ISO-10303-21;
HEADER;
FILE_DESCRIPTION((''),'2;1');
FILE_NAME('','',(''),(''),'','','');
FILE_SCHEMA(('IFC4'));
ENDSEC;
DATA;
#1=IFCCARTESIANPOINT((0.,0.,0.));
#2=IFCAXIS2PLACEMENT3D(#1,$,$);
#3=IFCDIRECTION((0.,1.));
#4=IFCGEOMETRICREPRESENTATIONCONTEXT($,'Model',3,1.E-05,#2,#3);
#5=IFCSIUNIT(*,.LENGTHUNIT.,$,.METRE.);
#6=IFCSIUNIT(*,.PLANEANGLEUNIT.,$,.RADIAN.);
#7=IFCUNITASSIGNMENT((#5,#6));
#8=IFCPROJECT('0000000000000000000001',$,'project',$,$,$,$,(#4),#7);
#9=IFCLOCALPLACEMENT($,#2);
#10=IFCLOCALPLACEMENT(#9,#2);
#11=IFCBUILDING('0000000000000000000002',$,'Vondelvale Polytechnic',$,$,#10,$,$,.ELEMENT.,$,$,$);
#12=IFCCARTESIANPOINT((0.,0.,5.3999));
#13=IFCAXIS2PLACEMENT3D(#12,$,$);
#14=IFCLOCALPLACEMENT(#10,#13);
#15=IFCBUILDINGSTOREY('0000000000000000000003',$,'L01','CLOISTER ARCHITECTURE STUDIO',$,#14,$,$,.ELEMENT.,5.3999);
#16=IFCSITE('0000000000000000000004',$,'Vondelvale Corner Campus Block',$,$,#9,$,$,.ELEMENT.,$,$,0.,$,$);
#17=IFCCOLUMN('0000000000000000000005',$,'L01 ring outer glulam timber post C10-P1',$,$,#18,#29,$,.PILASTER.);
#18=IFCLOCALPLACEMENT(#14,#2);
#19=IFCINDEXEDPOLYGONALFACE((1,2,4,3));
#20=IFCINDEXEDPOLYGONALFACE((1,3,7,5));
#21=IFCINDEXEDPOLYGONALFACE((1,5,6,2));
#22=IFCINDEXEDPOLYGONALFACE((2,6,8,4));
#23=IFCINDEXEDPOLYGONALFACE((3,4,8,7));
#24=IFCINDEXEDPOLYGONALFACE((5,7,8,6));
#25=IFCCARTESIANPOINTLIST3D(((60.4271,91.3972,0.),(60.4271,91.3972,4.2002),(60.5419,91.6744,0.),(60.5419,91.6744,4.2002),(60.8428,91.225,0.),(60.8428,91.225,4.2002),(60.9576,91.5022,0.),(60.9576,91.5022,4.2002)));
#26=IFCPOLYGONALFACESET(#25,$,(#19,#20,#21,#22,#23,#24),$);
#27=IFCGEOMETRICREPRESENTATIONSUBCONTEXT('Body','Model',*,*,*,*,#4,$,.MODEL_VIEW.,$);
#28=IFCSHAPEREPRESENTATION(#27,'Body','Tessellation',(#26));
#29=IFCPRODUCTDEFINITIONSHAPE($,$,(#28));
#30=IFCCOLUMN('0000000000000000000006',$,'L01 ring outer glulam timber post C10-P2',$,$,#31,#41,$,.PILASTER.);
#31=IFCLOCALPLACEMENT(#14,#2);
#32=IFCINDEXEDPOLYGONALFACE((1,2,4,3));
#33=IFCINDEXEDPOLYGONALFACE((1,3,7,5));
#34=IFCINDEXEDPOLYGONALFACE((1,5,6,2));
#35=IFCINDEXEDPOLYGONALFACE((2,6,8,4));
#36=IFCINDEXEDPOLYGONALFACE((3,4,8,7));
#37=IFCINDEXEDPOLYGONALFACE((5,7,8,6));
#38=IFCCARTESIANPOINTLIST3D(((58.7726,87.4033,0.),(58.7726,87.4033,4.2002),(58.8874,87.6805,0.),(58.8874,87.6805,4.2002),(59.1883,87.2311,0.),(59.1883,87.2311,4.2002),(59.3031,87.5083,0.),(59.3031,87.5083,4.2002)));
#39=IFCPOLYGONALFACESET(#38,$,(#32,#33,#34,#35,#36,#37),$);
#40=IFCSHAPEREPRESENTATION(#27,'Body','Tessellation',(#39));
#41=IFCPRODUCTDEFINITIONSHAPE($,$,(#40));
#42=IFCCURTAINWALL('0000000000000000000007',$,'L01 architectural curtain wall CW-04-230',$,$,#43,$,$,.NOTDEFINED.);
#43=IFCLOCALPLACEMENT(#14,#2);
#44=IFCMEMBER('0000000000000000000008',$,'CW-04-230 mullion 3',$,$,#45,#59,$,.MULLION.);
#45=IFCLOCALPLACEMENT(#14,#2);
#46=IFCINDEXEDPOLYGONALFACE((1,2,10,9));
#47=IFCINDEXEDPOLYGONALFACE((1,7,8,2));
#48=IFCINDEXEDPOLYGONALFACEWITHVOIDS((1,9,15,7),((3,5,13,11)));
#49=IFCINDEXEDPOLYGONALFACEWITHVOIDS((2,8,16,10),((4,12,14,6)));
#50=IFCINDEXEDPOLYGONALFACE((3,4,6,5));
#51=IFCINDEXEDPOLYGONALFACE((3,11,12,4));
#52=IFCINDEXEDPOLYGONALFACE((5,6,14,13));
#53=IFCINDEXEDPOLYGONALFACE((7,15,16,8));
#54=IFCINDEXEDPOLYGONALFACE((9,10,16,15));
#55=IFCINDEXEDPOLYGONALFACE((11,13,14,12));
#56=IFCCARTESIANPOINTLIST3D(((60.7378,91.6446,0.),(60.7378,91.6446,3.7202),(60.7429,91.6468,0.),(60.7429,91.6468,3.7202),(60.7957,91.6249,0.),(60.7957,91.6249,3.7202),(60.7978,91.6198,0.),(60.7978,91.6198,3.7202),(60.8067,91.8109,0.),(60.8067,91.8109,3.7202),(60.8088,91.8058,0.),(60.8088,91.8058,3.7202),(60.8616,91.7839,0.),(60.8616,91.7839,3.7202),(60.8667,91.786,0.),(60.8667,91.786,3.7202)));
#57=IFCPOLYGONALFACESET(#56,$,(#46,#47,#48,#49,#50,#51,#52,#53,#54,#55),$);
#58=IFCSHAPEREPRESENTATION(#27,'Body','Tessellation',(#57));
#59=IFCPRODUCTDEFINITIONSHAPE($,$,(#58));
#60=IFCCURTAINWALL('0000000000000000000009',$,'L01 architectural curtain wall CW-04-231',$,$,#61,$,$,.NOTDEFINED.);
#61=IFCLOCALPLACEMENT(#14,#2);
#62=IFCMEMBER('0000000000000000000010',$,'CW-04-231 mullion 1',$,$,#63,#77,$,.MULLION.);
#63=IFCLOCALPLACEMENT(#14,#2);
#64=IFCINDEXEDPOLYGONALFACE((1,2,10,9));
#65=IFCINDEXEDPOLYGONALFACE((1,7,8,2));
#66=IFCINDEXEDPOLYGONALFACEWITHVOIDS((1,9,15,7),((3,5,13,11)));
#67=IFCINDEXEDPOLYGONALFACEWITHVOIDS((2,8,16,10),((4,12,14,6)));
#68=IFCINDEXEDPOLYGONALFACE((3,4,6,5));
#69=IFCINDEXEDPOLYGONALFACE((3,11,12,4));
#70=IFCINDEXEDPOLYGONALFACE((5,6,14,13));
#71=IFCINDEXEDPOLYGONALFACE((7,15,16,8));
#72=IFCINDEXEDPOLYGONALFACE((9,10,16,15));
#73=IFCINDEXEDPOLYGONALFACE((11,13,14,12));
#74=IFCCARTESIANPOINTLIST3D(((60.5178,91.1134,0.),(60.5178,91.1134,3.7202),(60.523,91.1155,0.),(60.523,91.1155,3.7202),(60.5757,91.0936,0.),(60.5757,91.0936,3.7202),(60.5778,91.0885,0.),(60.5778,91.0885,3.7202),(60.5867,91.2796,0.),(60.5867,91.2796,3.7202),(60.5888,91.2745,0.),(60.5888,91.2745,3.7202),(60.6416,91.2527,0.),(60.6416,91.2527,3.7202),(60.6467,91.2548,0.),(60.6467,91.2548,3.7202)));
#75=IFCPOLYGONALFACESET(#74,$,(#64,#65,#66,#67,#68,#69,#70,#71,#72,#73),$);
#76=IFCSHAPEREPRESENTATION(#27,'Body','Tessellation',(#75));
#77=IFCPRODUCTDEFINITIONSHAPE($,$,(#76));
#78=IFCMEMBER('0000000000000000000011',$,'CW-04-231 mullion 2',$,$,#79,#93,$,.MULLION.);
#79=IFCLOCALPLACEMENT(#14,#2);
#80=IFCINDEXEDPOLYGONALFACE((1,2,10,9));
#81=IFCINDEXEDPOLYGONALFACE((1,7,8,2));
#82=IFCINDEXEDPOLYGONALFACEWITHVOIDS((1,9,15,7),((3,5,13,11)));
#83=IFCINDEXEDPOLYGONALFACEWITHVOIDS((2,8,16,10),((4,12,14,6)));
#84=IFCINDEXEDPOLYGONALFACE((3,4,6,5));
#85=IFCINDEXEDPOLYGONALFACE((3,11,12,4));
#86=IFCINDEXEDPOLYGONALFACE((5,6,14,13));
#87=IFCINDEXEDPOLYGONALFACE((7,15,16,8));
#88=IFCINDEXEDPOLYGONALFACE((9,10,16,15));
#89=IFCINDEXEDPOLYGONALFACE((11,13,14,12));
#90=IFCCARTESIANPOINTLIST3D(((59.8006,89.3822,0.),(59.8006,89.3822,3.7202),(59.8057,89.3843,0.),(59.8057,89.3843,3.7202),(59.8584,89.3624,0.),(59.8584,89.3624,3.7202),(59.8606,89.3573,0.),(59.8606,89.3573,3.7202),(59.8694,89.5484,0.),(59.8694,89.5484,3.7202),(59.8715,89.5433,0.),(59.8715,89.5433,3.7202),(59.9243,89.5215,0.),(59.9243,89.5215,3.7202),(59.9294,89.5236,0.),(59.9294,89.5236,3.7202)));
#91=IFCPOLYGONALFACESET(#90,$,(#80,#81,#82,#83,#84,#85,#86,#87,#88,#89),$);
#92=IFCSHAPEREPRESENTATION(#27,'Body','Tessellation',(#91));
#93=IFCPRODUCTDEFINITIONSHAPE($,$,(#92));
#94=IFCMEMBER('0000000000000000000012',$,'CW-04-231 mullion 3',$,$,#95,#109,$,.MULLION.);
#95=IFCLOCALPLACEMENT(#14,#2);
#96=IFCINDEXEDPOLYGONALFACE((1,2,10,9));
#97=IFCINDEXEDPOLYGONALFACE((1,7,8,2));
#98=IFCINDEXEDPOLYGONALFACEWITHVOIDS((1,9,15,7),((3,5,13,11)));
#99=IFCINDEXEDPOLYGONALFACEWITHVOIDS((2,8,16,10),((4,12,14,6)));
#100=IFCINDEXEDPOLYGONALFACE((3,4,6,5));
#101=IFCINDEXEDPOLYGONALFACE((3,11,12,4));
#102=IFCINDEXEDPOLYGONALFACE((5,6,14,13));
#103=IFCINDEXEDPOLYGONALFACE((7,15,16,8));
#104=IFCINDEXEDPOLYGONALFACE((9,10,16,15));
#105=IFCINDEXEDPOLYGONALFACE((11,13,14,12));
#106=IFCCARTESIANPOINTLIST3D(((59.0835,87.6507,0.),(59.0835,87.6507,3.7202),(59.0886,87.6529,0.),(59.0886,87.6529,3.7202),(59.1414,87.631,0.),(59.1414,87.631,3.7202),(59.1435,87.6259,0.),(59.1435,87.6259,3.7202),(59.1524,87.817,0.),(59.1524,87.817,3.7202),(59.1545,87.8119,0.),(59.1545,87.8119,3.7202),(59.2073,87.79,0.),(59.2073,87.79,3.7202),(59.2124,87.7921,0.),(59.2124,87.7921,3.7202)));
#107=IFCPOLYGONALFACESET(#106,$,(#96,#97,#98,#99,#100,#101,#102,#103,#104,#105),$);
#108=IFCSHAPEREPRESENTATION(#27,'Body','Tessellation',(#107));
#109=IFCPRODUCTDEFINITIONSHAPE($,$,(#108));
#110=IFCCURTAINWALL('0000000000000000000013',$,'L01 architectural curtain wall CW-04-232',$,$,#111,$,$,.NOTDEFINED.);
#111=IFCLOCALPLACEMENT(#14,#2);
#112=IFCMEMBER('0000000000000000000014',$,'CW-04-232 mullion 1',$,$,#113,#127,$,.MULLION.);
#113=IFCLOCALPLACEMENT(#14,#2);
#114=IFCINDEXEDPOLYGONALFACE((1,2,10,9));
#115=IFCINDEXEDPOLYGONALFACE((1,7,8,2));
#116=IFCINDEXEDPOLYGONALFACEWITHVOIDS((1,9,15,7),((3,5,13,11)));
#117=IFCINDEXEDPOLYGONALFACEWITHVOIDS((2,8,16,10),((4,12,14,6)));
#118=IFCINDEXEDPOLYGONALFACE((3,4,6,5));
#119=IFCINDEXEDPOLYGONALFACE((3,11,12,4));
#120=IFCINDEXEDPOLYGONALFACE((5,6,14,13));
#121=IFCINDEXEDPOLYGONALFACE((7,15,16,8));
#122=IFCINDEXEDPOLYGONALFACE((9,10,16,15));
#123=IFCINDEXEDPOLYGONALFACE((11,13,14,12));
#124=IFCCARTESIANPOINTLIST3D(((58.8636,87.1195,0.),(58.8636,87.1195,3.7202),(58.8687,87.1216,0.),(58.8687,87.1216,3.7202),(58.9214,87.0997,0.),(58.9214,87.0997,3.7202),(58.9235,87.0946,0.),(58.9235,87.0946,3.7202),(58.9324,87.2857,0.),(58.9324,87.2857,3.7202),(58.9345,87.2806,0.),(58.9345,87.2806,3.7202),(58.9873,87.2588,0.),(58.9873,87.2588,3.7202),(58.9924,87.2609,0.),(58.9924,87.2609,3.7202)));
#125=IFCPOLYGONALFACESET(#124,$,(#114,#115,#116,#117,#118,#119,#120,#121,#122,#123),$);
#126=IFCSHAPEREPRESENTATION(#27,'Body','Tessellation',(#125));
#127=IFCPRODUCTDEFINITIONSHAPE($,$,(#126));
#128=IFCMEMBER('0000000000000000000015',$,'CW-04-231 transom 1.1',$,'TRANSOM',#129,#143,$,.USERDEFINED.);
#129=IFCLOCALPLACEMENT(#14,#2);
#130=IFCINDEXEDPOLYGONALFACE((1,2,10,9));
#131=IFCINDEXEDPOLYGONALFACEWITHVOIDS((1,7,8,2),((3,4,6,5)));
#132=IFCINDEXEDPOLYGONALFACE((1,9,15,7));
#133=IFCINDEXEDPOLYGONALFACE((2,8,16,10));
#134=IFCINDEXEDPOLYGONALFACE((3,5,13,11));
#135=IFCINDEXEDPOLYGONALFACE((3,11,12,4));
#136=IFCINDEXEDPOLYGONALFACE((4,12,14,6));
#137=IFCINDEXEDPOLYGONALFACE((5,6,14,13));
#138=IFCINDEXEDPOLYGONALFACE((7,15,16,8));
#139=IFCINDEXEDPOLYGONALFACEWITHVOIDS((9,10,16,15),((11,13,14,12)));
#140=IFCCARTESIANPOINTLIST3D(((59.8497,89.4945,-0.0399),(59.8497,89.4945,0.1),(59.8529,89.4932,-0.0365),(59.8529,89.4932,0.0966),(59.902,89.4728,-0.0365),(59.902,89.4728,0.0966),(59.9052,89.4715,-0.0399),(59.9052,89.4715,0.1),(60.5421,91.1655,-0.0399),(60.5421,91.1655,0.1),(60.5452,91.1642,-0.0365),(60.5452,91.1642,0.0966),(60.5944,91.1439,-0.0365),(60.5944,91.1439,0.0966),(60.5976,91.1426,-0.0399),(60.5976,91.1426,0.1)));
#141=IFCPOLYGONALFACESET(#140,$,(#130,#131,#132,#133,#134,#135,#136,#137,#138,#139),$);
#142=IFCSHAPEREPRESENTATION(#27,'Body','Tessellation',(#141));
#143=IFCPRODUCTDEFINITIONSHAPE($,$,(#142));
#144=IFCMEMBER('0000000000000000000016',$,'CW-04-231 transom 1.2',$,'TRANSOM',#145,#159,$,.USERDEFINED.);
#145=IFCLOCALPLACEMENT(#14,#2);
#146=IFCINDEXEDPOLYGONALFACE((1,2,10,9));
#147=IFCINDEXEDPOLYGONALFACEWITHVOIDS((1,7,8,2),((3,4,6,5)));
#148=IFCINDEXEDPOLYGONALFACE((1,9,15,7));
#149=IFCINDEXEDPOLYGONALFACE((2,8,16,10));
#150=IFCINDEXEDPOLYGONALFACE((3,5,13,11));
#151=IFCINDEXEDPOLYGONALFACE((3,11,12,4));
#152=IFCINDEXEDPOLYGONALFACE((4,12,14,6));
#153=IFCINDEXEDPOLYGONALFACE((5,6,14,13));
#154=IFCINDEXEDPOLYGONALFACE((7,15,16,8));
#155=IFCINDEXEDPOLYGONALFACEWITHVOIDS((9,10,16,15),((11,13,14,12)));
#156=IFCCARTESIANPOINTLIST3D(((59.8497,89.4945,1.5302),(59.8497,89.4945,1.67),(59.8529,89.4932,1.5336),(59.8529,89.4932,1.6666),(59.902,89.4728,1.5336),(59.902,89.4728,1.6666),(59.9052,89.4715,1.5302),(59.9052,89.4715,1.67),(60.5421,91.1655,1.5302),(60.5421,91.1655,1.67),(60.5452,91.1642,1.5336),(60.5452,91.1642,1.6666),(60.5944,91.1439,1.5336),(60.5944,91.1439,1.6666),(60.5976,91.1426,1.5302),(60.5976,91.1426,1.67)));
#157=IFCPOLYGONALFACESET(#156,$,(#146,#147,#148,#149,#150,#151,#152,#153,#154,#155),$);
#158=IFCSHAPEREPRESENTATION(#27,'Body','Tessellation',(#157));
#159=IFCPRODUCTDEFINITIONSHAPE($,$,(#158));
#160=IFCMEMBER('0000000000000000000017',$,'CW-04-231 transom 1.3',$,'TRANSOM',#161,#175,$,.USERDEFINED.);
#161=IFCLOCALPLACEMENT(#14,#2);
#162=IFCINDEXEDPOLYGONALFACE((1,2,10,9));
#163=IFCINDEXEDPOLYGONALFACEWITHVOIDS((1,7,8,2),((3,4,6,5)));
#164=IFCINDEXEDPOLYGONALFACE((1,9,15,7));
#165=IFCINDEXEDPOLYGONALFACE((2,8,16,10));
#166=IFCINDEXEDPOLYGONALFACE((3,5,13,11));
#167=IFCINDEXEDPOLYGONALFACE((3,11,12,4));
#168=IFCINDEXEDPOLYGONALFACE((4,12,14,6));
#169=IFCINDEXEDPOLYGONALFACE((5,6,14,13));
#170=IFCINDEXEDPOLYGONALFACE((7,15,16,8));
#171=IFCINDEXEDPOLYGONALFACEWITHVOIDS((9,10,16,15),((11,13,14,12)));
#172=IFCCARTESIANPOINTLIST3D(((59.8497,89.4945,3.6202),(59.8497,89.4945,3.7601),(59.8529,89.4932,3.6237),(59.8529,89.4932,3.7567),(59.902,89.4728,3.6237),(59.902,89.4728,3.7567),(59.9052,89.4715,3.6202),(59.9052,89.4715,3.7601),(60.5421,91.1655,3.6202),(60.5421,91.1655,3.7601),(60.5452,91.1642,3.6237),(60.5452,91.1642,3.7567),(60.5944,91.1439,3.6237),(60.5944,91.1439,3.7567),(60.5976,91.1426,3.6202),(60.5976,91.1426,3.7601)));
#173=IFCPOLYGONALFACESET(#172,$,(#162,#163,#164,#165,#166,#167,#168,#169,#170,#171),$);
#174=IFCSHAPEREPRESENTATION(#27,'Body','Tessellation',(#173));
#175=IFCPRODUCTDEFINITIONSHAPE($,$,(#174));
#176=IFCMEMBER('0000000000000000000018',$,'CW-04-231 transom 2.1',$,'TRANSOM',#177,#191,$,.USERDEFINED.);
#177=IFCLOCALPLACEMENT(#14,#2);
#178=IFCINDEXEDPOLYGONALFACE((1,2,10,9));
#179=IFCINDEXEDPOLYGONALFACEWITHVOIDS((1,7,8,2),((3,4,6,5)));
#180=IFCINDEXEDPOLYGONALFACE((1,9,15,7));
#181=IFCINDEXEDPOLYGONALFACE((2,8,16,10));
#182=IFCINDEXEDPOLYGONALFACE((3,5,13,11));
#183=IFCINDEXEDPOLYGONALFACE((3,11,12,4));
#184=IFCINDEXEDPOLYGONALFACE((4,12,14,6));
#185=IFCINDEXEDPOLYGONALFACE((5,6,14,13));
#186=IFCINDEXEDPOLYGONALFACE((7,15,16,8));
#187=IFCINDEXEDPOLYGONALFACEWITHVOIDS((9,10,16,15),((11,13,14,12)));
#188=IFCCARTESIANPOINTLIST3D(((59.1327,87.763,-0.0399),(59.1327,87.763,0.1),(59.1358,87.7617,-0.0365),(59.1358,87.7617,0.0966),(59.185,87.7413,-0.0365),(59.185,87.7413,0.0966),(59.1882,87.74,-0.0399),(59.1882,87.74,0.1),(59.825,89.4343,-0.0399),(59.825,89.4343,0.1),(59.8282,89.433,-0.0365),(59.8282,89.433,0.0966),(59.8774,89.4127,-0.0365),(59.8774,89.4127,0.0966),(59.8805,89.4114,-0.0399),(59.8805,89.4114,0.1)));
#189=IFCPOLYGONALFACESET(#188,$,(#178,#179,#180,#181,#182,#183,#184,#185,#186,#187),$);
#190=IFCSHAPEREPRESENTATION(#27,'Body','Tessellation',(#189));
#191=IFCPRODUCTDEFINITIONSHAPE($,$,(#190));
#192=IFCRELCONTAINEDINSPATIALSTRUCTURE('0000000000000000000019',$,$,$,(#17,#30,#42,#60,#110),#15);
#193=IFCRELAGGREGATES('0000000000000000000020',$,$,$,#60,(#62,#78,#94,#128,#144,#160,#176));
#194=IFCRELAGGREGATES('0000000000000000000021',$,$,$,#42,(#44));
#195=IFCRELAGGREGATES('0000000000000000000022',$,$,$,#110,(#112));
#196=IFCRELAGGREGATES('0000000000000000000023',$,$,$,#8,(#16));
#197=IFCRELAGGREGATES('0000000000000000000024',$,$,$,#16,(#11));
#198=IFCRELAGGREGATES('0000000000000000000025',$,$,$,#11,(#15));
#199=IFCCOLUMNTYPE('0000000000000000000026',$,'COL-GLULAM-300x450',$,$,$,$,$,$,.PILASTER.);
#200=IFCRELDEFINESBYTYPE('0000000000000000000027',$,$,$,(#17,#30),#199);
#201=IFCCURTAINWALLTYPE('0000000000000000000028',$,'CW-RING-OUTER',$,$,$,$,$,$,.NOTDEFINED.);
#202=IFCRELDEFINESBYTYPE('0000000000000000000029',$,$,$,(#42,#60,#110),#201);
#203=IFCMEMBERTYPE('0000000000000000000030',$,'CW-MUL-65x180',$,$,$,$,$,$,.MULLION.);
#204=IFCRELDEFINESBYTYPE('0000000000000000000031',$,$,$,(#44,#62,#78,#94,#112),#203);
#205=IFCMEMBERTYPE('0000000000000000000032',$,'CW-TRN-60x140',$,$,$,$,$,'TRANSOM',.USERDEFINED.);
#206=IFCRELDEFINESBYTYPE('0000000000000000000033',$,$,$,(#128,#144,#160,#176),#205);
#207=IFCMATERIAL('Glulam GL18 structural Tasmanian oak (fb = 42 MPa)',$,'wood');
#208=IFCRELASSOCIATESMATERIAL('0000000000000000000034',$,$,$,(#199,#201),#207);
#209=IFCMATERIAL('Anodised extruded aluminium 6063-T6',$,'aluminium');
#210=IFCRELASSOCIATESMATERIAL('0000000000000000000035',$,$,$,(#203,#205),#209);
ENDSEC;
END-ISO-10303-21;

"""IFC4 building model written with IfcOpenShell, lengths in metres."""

from ifc_helpers import new_model, si_unit, direction, frame, origin, origin_2d, place, context, subcontext, project, spatial, rectangle, hollow_rectangle, extrude, material, material_profile, profile_set, type_object, element, aggregate, save


model = new_model("IFC4")

# Units and contexts
model_context = context("Model", 3, precision=1e-05, world=origin(), true_north=direction((0.0, 1.0)))
body_context = subcontext(model_context, "Body", "Model", "MODEL_VIEW")
ifc_project = project(units=[si_unit("LENGTHUNIT", "METRE"), si_unit("PLANEANGLEUNIT", "RADIAN")], contexts=[model_context])

# Site, building, storey
site_placement = place(None, origin())
site = spatial("IfcSite", under=ifc_project, at=site_placement, Name="Vondelvale Corner Campus Block", CompositionType="ELEMENT", RefElevation=0.0)
building_placement = place(site_placement, origin())
building = spatial("IfcBuilding", under=site, at=building_placement, Name="Vondelvale Polytechnic", CompositionType="ELEMENT")
storey_placement = place(building_placement, frame((0.0, 0.0, 5.3999)))
storey = spatial("IfcBuildingStorey", under=building, at=storey_placement, Name="L01", Description="CLOISTER ARCHITECTURE STUDIO", CompositionType="ELEMENT", Elevation=5.3999)

# Columns
ifc_material_1 = material(Name="Glulam GL18 structural Tasmanian oak (fb = 42 MPa)", Category="wood")
ifc_material_profile_1 = material_profile(ifc_material_1, rectangle(XDim=0.3, YDim=0.45, at=origin_2d()), Name="GL-POST-300x450")
ifc_profile_set_1 = profile_set([ifc_material_profile_1], Name="Glulam GL18 structural Tasmanian oak (fb = 42 MPa)")
column_type = type_object("IfcColumnType", Name="COL-GLULAM-300x450", PredefinedType="PILASTER", material=ifc_profile_set_1)
for number, where, z_axis, x_axis, name in (
    (1, (60.6924, 91.4497, 0.0), (0.0, 0.0, 1.0), (0.382683, 0.92388, 0.0), "L01 ring outer glulam timber post C10-P1"),
    (2, (59.0378, 87.4558, 0.0), (0.0, 0.0, 1.0), (0.382683, 0.92388, 0.0), "L01 ring outer glulam timber post C10-P2"),
):
    element("IfcColumn", number, at=place(storey_placement, frame(where, z_axis=z_axis, x_axis=x_axis)), inside=storey, type_object=column_type, Name=name, PredefinedType="PILASTER", context=body_context, shape_type="SweptSolid", body=[
        extrude(rectangle(XDim=0.3, YDim=0.45, at=origin_2d()), origin(), (0.0, 0.0, 1.0), 4.2002),
    ])

# Curtain wall, member
curtain_wall_type = type_object("IfcCurtainWallType", Name="CW-RING-OUTER", PredefinedType="NOTDEFINED", material=ifc_material_1)
curtain_wall_1_placement = place(storey_placement, origin())
curtain_wall_1 = element("IfcCurtainWall", 3, at=curtain_wall_1_placement, inside=storey, type_object=curtain_wall_type, Name="L01 architectural curtain wall CW-04-230", PredefinedType="NOTDEFINED")
ifc_material_2 = material(Name="Anodised extruded aluminium 6063-T6", Category="aluminium")
ifc_material_profile_2 = material_profile(ifc_material_2, hollow_rectangle(XDim=0.0649, YDim=0.1799, WallThickness=0.0039, at=origin_2d()), Name="CW-MUL-180x65")
ifc_profile_set_2 = profile_set([ifc_material_profile_2], Name="Anodised extruded aluminium 6063-T6")
member_type_1 = type_object("IfcMemberType", Name="CW-MUL-65x180", PredefinedType="MULLION", material=ifc_profile_set_2)
member_1_placement = place(storey_placement, frame((60.8022, 91.7153, 0.0), z_axis=(0.0, 0.0, 1.0), x_axis=(0.923882, -0.382677, 0.0)))
member_1 = element("IfcMember", 4, at=member_1_placement, type_object=member_type_1, Name="CW-04-230 mullion 3", PredefinedType="MULLION", context=body_context, shape_type="SweptSolid", body=[
    extrude(hollow_rectangle(XDim=0.0649, YDim=0.1799, WallThickness=0.0039, at=origin_2d()), origin(), (0.0, 0.0, 1.0), 3.7202),
])

# Curtain wall, members
curtain_wall_2_placement = place(storey_placement, origin())
curtain_wall_2 = element("IfcCurtainWall", 5, at=curtain_wall_2_placement, inside=storey, type_object=curtain_wall_type, Name="L01 architectural curtain wall CW-04-231", PredefinedType="NOTDEFINED")
member_2_placement = place(storey_placement, frame((60.5823, 91.1841, 0.0), z_axis=(0.0, 0.0, 1.0), x_axis=(0.923875, -0.382695, 0.0)))
member_2 = element("IfcMember", 6, at=member_2_placement, type_object=member_type_1, Name="CW-04-231 mullion 1", PredefinedType="MULLION", context=body_context, shape_type="SweptSolid", body=[
    extrude(hollow_rectangle(XDim=0.0649, YDim=0.1799, WallThickness=0.0039, at=origin_2d()), origin(), (0.0, 0.0, 1.0), 3.7202),
])
member_3_placement = place(storey_placement, frame((59.865, 89.4529, 0.0), z_axis=(0.0, 0.0, 1.0), x_axis=(0.923875, -0.382695, 0.0)))
member_3 = element("IfcMember", 7, at=member_3_placement, type_object=member_type_1, Name="CW-04-231 mullion 2", PredefinedType="MULLION", context=body_context, shape_type="SweptSolid", body=[
    extrude(hollow_rectangle(XDim=0.0649, YDim=0.1799, WallThickness=0.0039, at=origin_2d()), origin(), (0.0, 0.0, 1.0), 3.7202),
])
member_4_placement = place(storey_placement, frame((59.1479, 87.7214, 0.0), z_axis=(0.0, 0.0, 1.0), x_axis=(0.923875, -0.382695, 0.0)))
member_4 = element("IfcMember", 8, at=member_4_placement, type_object=member_type_1, Name="CW-04-231 mullion 3", PredefinedType="MULLION", context=body_context, shape_type="SweptSolid", body=[
    extrude(hollow_rectangle(XDim=0.0649, YDim=0.1799, WallThickness=0.0039, at=origin_2d()), origin(), (0.0, 0.0, 1.0), 3.7202),
])

# Curtain wall, member
curtain_wall_3_placement = place(storey_placement, origin())
curtain_wall_3 = element("IfcCurtainWall", 9, at=curtain_wall_3_placement, inside=storey, type_object=curtain_wall_type, Name="L01 architectural curtain wall CW-04-232", PredefinedType="NOTDEFINED")
member_5_placement = place(storey_placement, frame((58.928, 87.1902, 0.0), z_axis=(0.0, 0.0, 1.0), x_axis=(0.923882, -0.382677, 0.0)))
member_5 = element("IfcMember", 10, at=member_5_placement, type_object=member_type_1, Name="CW-04-232 mullion 1", PredefinedType="MULLION", context=body_context, shape_type="SweptSolid", body=[
    extrude(hollow_rectangle(XDim=0.0649, YDim=0.1799, WallThickness=0.0039, at=origin_2d()), origin(), (0.0, 0.0, 1.0), 3.7202),
])

# Members
ifc_material_profile_3 = material_profile(ifc_material_2, hollow_rectangle(XDim=0.0601, YDim=0.1399, WallThickness=0.0034, at=origin_2d()), Name="CW-TRN-140x60")
ifc_profile_set_3 = profile_set([ifc_material_profile_3], Name="Anodised extruded aluminium 6063-T6")
member_type_2 = type_object("IfcMemberType", Name="CW-TRN-60x140", ElementType="TRANSOM", PredefinedType="USERDEFINED", material=ifc_profile_set_3)
member_6_placement = place(storey_placement, frame((60.5698, 91.1541, 0.03), z_axis=(-0.382765, -0.923846, 0.0), x_axis=(0.923846, -0.382765, 0.0)))
member_6 = element("IfcMember", 11, at=member_6_placement, type_object=member_type_2, Name="CW-04-231 transom 1.1", ObjectType="TRANSOM", PredefinedType="USERDEFINED", context=body_context, shape_type="SweptSolid", body=[
    extrude(hollow_rectangle(XDim=0.0601, YDim=0.1399, WallThickness=0.0034, at=origin_2d()), origin(), (0.0, 0.0, 1.0), 1.8088),
])
member_7_placement = place(storey_placement, frame((60.5698, 91.1541, 1.6001), z_axis=(-0.382765, -0.923846, 0.0), x_axis=(0.923846, -0.382765, 0.0)))
member_7 = element("IfcMember", 12, at=member_7_placement, type_object=member_type_2, Name="CW-04-231 transom 1.2", ObjectType="TRANSOM", PredefinedType="USERDEFINED", context=body_context, shape_type="SweptSolid", body=[
    extrude(hollow_rectangle(XDim=0.0601, YDim=0.1399, WallThickness=0.0034, at=origin_2d()), origin(), (0.0, 0.0, 1.0), 1.8088),
])
member_8_placement = place(storey_placement, frame((60.5698, 91.1541, 3.6902), z_axis=(-0.382765, -0.923846, 0.0), x_axis=(0.923846, -0.382765, 0.0)))
member_8 = element("IfcMember", 13, at=member_8_placement, type_object=member_type_2, Name="CW-04-231 transom 1.3", ObjectType="TRANSOM", PredefinedType="USERDEFINED", context=body_context, shape_type="SweptSolid", body=[
    extrude(hollow_rectangle(XDim=0.0601, YDim=0.1399, WallThickness=0.0034, at=origin_2d()), origin(), (0.0, 0.0, 1.0), 1.8088),
])
member_9_placement = place(storey_placement, frame((59.8528, 89.4229, 0.03), z_axis=(-0.382717, -0.923866, 0.0), x_axis=(0.923866, -0.382717, 0.0)))
member_9 = element("IfcMember", 14, at=member_9_placement, type_object=member_type_2, Name="CW-04-231 transom 2.1", ObjectType="TRANSOM", PredefinedType="USERDEFINED", context=body_context, shape_type="SweptSolid", body=[
    extrude(hollow_rectangle(XDim=0.0601, YDim=0.1399, WallThickness=0.0034, at=origin_2d()), origin(), (0.0, 0.0, 1.0), 1.8091),
])

aggregate(curtain_wall_2, [member_2, member_3, member_4, member_6, member_7, member_8, member_9])
aggregate(curtain_wall_1, [member_1])
aggregate(curtain_wall_3, [member_5])

save(model, "model.ifc")
